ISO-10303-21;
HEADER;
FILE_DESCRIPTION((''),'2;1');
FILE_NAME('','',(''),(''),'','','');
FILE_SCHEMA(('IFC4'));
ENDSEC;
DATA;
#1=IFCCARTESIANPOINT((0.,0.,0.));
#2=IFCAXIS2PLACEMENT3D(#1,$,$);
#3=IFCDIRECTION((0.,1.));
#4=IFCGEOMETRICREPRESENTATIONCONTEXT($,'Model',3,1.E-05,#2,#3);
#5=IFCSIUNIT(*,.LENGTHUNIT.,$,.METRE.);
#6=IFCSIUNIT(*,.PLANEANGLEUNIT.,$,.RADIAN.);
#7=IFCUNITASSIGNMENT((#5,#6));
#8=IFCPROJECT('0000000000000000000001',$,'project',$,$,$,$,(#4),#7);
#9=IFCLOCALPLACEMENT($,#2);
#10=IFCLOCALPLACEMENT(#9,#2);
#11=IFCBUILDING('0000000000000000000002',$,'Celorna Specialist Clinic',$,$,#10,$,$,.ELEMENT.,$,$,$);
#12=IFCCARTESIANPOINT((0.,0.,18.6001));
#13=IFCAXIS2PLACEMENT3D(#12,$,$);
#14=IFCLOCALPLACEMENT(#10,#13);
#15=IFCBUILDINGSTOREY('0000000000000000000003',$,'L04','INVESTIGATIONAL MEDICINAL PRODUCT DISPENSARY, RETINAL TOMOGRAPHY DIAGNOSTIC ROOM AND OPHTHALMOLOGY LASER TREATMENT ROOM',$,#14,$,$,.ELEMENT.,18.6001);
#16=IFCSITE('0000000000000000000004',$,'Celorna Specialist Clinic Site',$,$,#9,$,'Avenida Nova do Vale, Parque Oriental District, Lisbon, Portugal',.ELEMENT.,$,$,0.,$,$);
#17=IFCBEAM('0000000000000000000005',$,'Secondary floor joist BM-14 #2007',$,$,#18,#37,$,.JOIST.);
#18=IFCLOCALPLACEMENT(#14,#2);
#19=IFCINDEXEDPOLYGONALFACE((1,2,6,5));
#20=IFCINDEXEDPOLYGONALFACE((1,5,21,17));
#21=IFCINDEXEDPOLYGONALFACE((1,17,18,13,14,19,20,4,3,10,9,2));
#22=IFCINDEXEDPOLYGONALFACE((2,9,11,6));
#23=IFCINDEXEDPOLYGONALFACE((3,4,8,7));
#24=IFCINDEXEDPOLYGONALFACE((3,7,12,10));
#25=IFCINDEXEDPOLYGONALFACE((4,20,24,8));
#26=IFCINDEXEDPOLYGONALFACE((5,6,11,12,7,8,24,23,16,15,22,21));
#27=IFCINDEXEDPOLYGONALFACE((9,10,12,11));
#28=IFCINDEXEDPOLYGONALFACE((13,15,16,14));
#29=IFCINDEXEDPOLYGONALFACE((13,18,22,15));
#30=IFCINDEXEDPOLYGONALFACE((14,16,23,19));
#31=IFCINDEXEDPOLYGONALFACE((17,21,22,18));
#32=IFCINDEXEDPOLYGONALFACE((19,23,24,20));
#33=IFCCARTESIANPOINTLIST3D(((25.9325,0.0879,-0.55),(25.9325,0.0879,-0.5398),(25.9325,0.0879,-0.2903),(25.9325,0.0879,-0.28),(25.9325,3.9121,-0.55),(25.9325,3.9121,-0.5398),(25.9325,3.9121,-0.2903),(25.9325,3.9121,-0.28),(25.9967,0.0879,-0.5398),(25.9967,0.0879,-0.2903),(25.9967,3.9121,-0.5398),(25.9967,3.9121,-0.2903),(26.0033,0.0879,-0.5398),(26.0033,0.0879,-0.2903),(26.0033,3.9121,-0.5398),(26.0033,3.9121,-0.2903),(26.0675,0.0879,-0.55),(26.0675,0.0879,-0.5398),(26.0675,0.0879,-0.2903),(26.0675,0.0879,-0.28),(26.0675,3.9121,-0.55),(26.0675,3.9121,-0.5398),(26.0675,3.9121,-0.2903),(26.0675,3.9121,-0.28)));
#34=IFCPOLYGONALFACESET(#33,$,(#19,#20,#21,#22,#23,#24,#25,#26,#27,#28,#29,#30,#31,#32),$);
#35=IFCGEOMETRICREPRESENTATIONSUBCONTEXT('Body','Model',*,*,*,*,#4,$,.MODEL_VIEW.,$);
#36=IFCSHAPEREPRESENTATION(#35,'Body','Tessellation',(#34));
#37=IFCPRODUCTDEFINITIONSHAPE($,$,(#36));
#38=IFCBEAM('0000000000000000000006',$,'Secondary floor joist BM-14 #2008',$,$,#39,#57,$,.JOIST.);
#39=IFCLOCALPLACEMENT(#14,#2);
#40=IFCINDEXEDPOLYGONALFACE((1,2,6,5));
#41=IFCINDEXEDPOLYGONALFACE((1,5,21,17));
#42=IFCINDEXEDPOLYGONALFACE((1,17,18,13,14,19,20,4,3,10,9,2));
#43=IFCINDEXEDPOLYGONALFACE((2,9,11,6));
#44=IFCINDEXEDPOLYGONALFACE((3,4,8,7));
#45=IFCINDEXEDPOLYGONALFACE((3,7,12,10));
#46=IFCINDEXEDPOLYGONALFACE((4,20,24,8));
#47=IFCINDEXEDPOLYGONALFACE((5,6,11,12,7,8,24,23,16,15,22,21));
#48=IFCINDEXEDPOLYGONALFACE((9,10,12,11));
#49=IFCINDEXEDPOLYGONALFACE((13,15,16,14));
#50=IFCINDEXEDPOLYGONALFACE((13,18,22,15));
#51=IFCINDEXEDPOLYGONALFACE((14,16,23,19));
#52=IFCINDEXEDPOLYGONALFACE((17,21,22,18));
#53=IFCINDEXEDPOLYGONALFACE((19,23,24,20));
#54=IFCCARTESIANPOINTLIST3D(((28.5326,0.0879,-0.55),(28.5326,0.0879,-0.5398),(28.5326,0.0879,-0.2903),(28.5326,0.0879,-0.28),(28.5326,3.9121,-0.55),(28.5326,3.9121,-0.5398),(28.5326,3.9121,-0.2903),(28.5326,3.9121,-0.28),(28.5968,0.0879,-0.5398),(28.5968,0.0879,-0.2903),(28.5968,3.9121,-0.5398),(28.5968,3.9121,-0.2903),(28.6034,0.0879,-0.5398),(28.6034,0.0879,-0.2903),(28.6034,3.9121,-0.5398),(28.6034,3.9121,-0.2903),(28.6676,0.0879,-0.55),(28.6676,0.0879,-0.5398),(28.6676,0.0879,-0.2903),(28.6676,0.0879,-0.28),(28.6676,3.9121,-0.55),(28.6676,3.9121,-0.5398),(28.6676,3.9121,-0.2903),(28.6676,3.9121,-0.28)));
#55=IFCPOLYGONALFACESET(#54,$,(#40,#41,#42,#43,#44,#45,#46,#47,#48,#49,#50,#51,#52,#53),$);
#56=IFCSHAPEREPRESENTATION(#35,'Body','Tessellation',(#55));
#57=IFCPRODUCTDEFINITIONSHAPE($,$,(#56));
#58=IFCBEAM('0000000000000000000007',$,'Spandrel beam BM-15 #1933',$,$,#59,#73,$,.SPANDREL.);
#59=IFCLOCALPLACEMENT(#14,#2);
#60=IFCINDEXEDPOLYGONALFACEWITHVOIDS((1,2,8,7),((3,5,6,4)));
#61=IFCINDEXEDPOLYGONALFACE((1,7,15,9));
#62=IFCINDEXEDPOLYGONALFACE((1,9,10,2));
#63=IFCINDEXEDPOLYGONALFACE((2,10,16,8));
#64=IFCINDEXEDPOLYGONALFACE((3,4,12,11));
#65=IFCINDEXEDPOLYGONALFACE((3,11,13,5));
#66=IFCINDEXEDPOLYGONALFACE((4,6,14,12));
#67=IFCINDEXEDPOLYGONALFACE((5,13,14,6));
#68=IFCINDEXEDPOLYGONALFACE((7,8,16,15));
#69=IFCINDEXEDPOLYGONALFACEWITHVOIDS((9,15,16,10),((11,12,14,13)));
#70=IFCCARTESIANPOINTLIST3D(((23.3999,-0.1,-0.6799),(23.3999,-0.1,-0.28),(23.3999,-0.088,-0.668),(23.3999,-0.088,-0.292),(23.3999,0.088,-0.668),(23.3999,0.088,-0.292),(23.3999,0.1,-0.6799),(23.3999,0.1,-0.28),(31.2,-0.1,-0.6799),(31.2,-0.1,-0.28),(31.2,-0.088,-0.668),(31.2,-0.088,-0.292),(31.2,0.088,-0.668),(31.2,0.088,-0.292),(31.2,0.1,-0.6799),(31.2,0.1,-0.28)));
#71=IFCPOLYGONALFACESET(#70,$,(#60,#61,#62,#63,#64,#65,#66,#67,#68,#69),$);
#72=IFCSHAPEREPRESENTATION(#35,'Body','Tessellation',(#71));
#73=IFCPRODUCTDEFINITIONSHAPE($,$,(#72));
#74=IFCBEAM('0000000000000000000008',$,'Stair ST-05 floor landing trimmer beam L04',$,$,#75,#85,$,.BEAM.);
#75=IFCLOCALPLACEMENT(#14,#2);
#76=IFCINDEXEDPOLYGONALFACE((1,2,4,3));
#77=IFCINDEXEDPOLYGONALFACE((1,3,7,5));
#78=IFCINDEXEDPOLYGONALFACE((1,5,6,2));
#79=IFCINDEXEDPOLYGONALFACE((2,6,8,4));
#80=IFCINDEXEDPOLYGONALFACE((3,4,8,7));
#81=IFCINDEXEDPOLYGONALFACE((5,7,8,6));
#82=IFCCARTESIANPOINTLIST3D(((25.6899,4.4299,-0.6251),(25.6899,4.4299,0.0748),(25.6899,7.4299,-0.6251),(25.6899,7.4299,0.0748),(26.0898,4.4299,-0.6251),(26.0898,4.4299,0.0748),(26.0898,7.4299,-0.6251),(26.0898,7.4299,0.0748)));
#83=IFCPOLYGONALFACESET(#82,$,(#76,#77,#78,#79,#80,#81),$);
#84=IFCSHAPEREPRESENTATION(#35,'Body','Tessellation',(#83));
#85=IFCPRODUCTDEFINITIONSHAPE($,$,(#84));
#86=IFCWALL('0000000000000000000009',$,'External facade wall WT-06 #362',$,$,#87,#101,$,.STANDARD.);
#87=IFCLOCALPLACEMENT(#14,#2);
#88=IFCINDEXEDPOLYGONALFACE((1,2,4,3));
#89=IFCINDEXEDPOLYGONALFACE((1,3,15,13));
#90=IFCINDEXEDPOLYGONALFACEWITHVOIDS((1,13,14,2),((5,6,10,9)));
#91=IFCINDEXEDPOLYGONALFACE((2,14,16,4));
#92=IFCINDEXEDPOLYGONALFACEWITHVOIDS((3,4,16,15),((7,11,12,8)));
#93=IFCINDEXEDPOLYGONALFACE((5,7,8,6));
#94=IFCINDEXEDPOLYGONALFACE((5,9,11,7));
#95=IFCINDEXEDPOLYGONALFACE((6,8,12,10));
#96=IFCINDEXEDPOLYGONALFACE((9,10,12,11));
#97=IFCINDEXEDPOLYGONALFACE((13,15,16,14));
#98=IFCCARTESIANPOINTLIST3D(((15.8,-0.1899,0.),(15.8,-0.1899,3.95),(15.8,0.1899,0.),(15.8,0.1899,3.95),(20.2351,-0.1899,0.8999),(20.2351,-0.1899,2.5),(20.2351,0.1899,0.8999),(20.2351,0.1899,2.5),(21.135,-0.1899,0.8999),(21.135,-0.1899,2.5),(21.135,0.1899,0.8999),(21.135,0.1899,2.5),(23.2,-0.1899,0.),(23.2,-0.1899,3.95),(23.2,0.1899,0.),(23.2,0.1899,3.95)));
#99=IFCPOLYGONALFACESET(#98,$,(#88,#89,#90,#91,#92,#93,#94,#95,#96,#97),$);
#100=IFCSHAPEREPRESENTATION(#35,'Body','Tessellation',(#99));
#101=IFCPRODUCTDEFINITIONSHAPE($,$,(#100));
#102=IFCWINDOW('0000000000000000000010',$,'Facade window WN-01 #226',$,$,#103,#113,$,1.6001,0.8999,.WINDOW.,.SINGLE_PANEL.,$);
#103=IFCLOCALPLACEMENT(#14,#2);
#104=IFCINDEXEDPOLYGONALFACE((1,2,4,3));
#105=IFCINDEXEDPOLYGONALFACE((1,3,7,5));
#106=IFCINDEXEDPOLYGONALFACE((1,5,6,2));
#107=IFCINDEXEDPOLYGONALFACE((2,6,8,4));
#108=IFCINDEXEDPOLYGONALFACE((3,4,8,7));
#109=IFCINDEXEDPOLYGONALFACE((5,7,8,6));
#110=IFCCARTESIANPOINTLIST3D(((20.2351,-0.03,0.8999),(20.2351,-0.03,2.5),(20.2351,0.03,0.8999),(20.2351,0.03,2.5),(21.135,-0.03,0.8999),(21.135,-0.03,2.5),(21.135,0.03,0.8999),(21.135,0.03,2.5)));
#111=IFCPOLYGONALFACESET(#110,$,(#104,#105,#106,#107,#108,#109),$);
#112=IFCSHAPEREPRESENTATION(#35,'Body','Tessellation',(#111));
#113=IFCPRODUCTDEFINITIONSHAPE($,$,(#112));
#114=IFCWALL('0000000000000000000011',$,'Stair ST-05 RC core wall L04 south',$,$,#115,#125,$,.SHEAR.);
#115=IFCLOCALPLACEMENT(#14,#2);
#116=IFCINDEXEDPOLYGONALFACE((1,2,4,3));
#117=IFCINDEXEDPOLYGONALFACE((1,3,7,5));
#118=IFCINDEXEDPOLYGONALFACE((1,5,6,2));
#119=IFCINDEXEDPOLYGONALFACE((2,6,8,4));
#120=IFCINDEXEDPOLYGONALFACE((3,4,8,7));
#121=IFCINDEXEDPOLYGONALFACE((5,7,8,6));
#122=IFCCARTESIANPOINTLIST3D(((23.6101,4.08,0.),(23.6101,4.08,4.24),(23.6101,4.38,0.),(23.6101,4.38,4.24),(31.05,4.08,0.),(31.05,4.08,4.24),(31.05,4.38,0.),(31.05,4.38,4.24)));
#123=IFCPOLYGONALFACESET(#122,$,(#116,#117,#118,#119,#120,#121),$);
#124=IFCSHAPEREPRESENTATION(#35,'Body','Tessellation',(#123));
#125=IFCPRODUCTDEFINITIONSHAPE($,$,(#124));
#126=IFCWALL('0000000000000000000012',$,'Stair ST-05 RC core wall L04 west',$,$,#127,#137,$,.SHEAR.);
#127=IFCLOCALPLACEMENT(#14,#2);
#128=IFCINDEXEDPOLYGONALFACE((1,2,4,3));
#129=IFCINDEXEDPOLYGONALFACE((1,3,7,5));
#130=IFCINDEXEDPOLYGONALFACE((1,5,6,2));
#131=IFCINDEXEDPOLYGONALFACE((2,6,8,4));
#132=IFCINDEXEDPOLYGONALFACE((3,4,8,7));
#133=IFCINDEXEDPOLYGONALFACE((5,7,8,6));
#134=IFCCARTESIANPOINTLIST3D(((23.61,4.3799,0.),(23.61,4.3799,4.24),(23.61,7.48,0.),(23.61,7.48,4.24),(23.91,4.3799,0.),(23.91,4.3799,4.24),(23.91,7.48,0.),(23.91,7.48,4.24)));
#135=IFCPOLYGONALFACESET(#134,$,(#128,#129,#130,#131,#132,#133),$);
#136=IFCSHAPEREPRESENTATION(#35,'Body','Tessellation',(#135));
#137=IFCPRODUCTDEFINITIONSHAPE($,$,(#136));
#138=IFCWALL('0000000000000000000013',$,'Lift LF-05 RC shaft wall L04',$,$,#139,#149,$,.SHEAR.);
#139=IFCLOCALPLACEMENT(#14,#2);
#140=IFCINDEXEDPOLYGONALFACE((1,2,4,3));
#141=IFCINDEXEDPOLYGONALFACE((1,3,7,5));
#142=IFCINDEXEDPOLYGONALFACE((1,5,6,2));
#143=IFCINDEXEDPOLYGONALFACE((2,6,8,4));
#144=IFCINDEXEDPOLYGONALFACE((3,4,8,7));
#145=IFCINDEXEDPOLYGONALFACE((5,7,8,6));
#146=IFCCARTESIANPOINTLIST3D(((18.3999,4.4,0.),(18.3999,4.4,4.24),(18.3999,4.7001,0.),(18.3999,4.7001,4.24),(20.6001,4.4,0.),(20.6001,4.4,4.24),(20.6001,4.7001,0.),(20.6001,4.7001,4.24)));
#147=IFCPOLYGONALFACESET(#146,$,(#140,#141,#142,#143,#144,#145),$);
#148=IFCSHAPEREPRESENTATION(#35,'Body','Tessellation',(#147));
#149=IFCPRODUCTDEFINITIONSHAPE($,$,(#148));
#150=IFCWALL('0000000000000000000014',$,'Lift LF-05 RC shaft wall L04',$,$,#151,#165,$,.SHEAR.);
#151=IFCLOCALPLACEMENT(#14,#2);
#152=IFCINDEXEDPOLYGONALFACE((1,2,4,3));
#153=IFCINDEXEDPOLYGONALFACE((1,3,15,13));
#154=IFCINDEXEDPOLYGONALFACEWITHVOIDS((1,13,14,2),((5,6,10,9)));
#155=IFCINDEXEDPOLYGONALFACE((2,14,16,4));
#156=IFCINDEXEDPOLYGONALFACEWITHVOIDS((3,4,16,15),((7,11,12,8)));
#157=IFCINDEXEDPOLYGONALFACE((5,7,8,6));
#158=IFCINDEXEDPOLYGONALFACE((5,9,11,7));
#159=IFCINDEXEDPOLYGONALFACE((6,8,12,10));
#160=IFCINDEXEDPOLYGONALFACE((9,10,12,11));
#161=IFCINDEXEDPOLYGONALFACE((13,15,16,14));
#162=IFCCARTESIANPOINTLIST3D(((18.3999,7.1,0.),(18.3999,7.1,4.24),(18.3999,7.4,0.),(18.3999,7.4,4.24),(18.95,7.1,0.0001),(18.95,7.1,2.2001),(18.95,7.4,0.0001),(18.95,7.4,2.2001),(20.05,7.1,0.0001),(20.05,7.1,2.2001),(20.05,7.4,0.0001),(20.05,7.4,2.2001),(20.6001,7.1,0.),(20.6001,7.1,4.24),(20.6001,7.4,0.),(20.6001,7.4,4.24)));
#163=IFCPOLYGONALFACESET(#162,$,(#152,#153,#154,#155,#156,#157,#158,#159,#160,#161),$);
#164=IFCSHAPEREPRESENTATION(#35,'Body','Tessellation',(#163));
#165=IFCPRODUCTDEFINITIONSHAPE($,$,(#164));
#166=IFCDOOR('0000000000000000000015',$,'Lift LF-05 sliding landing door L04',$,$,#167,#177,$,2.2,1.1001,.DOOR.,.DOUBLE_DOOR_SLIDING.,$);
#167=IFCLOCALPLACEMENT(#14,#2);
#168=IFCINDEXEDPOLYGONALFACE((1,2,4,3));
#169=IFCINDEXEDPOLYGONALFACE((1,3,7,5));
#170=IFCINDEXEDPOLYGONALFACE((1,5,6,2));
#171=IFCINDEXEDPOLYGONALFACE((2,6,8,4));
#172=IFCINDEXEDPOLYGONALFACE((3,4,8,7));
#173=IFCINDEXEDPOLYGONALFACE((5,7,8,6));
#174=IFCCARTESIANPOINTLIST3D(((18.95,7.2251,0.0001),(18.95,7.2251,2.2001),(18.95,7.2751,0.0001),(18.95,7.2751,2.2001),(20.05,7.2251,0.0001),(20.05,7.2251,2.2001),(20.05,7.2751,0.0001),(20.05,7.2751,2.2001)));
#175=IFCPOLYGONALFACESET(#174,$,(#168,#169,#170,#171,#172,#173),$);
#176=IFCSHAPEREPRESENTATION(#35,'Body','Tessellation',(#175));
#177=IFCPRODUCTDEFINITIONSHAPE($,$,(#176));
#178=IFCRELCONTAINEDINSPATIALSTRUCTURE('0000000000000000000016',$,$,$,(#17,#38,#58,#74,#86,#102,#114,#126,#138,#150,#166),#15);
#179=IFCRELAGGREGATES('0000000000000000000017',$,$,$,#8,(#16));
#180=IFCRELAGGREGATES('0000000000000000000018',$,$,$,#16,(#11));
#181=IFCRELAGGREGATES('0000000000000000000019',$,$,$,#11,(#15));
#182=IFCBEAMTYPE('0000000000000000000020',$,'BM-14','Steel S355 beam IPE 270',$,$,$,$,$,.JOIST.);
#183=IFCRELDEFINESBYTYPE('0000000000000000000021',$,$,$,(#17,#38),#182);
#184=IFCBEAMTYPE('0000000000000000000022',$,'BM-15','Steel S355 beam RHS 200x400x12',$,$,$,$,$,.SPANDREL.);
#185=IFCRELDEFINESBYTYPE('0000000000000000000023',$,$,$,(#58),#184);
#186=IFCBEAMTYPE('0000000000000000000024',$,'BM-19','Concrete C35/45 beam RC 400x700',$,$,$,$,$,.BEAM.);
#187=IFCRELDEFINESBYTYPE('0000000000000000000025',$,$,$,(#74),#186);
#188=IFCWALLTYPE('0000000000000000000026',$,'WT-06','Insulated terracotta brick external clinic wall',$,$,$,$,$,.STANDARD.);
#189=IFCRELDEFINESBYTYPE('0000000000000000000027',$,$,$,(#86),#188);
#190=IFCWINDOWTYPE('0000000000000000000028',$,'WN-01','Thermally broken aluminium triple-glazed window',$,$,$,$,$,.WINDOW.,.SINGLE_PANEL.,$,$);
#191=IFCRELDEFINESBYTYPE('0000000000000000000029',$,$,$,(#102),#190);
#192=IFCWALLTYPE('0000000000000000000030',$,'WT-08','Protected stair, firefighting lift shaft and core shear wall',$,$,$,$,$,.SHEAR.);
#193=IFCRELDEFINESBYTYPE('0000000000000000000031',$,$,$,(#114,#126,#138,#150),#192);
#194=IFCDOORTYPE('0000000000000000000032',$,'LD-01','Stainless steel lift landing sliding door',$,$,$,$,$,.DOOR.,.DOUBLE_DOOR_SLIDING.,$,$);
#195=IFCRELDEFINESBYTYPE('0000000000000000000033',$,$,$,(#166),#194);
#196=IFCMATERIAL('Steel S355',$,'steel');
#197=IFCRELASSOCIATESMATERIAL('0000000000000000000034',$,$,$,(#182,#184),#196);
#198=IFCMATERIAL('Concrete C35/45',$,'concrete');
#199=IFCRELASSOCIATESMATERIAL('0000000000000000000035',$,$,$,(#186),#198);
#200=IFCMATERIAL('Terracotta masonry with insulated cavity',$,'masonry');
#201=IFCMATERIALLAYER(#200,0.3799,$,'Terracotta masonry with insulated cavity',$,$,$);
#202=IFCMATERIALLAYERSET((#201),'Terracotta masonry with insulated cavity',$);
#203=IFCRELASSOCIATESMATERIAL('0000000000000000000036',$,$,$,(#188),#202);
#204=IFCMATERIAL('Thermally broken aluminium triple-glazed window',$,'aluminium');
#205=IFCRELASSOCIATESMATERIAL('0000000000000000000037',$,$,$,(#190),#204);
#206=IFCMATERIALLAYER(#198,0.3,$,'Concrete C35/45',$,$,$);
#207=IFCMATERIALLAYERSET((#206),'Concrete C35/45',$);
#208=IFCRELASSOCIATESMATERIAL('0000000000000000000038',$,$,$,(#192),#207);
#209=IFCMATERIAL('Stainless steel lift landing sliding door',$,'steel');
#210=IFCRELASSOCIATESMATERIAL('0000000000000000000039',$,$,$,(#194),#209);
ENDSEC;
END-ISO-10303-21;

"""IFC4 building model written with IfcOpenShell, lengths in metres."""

from ifc_helpers import new_model, si_unit, direction, frame, frame_2d, origin, origin_2d, place, context, subcontext, project, spatial, rectangle, hollow_rectangle, i_section, extrude, material, layer, layer_set, material_profile, profile_set, type_object, element, fill, save


model = new_model("IFC4")

# Units and contexts
model_context = context("Model", 3, precision=1e-05, world=origin(), true_north=direction((0.0, 1.0)))
body_context = subcontext(model_context, "Body", "Model", "MODEL_VIEW")
ifc_project = project(units=[si_unit("LENGTHUNIT", "METRE"), si_unit("PLANEANGLEUNIT", "RADIAN")], contexts=[model_context])

# Site, building, storey
site_placement = place(None, origin())
site = spatial("IfcSite", under=ifc_project, at=site_placement, Name="Celorna Specialist Clinic Site", LongName="Avenida Nova do Vale, Parque Oriental District, Lisbon, Portugal", CompositionType="ELEMENT", RefElevation=0.0)
building_placement = place(site_placement, origin())
building = spatial("IfcBuilding", under=site, at=building_placement, Name="Celorna Specialist Clinic", CompositionType="ELEMENT")
storey_placement = place(building_placement, frame((0.0, 0.0, 18.6001)))
storey = spatial("IfcBuildingStorey", under=building, at=storey_placement, Name="L04", Description="INVESTIGATIONAL MEDICINAL PRODUCT DISPENSARY, RETINAL TOMOGRAPHY DIAGNOSTIC ROOM AND OPHTHALMOLOGY LASER TREATMENT ROOM", CompositionType="ELEMENT", Elevation=18.6001)

# Shared definitions
ifc_material_1 = material(Name="Concrete C35/45", Category="concrete")

# Beams
ifc_material_2 = material(Name="Steel S355", Category="steel")
ifc_material_profile_1 = material_profile(ifc_material_2, i_section(OverallWidth=0.135, OverallDepth=0.27, WebThickness=0.0066, FlangeThickness=0.0103, at=origin_2d()), Name="IPE 270")
ifc_profile_set_1 = profile_set([ifc_material_profile_1], Name="Steel S355")
beam_type_1 = type_object("IfcBeamType", Name="BM-14", Description="Steel S355 beam IPE 270", PredefinedType="JOIST", material=ifc_profile_set_1)
for number, where, z_axis, x_axis, name in (
    (1, (26.0, 0.0879, -0.415), (0.0, 1.0, 0.0), (-1.0, 0.0, 0.0), "Secondary floor joist BM-14 #2007"),
    (2, (28.6001, 0.0879, -0.415), (0.0, 1.0, 0.0), (-1.0, 0.0, 0.0), "Secondary floor joist BM-14 #2008"),
):
    element("IfcBeam", number, at=place(storey_placement, frame(where, z_axis=z_axis, x_axis=x_axis)), inside=storey, type_object=beam_type_1, Name=name, PredefinedType="JOIST", context=body_context, shape_type="SweptSolid", body=[
        extrude(i_section(OverallWidth=0.135, OverallDepth=0.27, WebThickness=0.0066, FlangeThickness=0.0103, at=origin_2d()), origin(), (0.0, 0.0, 1.0), 3.8242),
    ])
ifc_material_profile_2 = material_profile(ifc_material_2, hollow_rectangle(XDim=0.2, YDim=0.3999, WallThickness=0.012, at=origin_2d()), Name="RHS 200x400x12")
ifc_profile_set_2 = profile_set([ifc_material_profile_2], Name="Steel S355")
beam_type_2 = type_object("IfcBeamType", Name="BM-15", Description="Steel S355 beam RHS 200x400x12", PredefinedType="SPANDREL", material=ifc_profile_set_2)
beam_1_placement = place(storey_placement, frame((23.3999, 0.0, -0.48), z_axis=(1.0, 0.0, 0.0), x_axis=(0.0, 1.0, 0.0)))
element("IfcBeam", 3, at=beam_1_placement, inside=storey, type_object=beam_type_2, Name="Spandrel beam BM-15 #1933", PredefinedType="SPANDREL", context=body_context, shape_type="SweptSolid", body=[
    extrude(hollow_rectangle(XDim=0.2, YDim=0.3999, WallThickness=0.012, at=origin_2d()), origin(), (0.0, 0.0, 1.0), 7.8),
])
ifc_material_profile_3 = material_profile(ifc_material_1, rectangle(XDim=0.3999, YDim=0.7, at=origin_2d()), Name="RC 400x700")
ifc_profile_set_3 = profile_set([ifc_material_profile_3], Name="Concrete C35/45")
beam_type_3 = type_object("IfcBeamType", Name="BM-19", Description="Concrete C35/45 beam RC 400x700", PredefinedType="BEAM", material=ifc_profile_set_3)
beam_2_placement = place(storey_placement, frame((25.8899, 4.4299, -0.2751), z_axis=(0.0, 1.0, 0.0), x_axis=(-1.0, 0.0, 0.0)))
element("IfcBeam", 4, at=beam_2_placement, inside=storey, type_object=beam_type_3, Name="Stair ST-05 floor landing trimmer beam L04", PredefinedType="BEAM", context=body_context, shape_type="SweptSolid", body=[
    extrude(rectangle(XDim=0.3999, YDim=0.7, at=origin_2d()), origin(), (0.0, 0.0, 1.0), 3.0),
])

# Wall, opening, window
ifc_material_3 = material(Name="Terracotta masonry with insulated cavity", Category="masonry")
ifc_layer_1 = layer(ifc_material_3, 0.3799, Name="Terracotta masonry with insulated cavity")
ifc_layer_set_1 = layer_set([ifc_layer_1], Name="Terracotta masonry with insulated cavity")
wall_type_1 = type_object("IfcWallType", Name="WT-06", Description="Insulated terracotta brick external clinic wall", PredefinedType="STANDARD", material=ifc_layer_set_1)
wall_1_placement = place(storey_placement, frame((23.2, 0.0, 0.0), z_axis=(0.0, 0.0, 1.0), x_axis=(-1.0, 0.0, 0.0)))
wall_1 = element("IfcWall", 5, at=wall_1_placement, inside=storey, type_object=wall_type_1, Name="External facade wall WT-06 #362", PredefinedType="STANDARD", context=body_context, shape_type="SweptSolid", body=[
    extrude(rectangle(XDim=7.3999, YDim=0.3799, at=frame_2d((3.7, 0.0))), origin(), (0.0, 0.0, 1.0), 3.95),
])
opening_1_placement = place(wall_1_placement, frame((2.0649, 0.0, 0.8999)))
opening_1 = element("IfcOpeningElement", 6, at=opening_1_placement, cuts=wall_1, PredefinedType="OPENING", context=body_context, shape_type="SweptSolid", body=[
    extrude(rectangle(XDim=0.8999, YDim=1.6001, at=frame_2d((0.45, 0.8))), frame((0.0, 0.2, 0.0), z_axis=(0.0, -1.0, 0.0), x_axis=(1.0, 0.0, 0.0)), (0.0, 0.0, 1.0), 0.3999),
])
ifc_material_4 = material(Name="Thermally broken aluminium triple-glazed window", Category="aluminium")
window_type = type_object("IfcWindowType", Name="WN-01", Description="Thermally broken aluminium triple-glazed window", PartitioningType="SINGLE_PANEL", PredefinedType="WINDOW", material=ifc_material_4)
window_placement = place(opening_1_placement, origin())
window = element("IfcWindow", 7, at=window_placement, inside=storey, type_object=window_type, Name="Facade window WN-01 #226", OverallHeight=1.6001, OverallWidth=0.8999, PartitioningType="SINGLE_PANEL", PredefinedType="WINDOW", context=body_context, shape_type="SweptSolid", body=[
    extrude(rectangle(XDim=0.8999, YDim=1.6001, at=frame_2d((0.45, 0.8))), frame((0.0, 0.03, 0.0), z_axis=(0.0, -1.0, 0.0), x_axis=(1.0, 0.0, 0.0)), (0.0, 0.0, 1.0), 0.0601),
])
fill(opening_1, window)

# Walls
ifc_layer_2 = layer(ifc_material_1, 0.3, Name="Concrete C35/45")
ifc_layer_set_2 = layer_set([ifc_layer_2], Name="Concrete C35/45")
wall_type_2 = type_object("IfcWallType", Name="WT-08", Description="Protected stair, firefighting lift shaft and core shear wall", PredefinedType="SHEAR", material=ifc_layer_set_2)
wall_2_placement = place(storey_placement, frame((23.6101, 4.23, 0.0), z_axis=(0.0, 0.0, 1.0), x_axis=(1.0, 0.0, 0.0)))
element("IfcWall", 8, at=wall_2_placement, inside=storey, type_object=wall_type_2, Name="Stair ST-05 RC core wall L04 south", PredefinedType="SHEAR", context=body_context, shape_type="SweptSolid", body=[
    extrude(rectangle(XDim=7.4399, YDim=0.3, at=frame_2d((3.72, 0.0))), origin(), (0.0, 0.0, 1.0), 4.24),
])
wall_3_placement = place(storey_placement, frame((23.76, 7.48, 0.0), z_axis=(0.0, 0.0, 1.0), x_axis=(0.0, -1.0, 0.0)))
element("IfcWall", 9, at=wall_3_placement, inside=storey, type_object=wall_type_2, Name="Stair ST-05 RC core wall L04 west", PredefinedType="SHEAR", context=body_context, shape_type="SweptSolid", body=[
    extrude(rectangle(XDim=3.1001, YDim=0.3, at=frame_2d((1.55, 0.0))), origin(), (0.0, 0.0, 1.0), 4.24),
])
wall_4_placement = place(storey_placement, frame((18.3999, 4.55, 0.0), z_axis=(0.0, 0.0, 1.0), x_axis=(1.0, 0.0, 0.0)))
element("IfcWall", 10, at=wall_4_placement, inside=storey, type_object=wall_type_2, Name="Lift LF-05 RC shaft wall L04", PredefinedType="SHEAR", context=body_context, shape_type="SweptSolid", body=[
    extrude(rectangle(XDim=2.2002, YDim=0.3, at=frame_2d((1.1001, 0.0))), origin(), (0.0, 0.0, 1.0), 4.24),
])

# Wall, opening, door
wall_5_placement = place(storey_placement, frame((20.6001, 7.25, 0.0), z_axis=(0.0, 0.0, 1.0), x_axis=(-1.0, 0.0, 0.0)))
wall_5 = element("IfcWall", 11, at=wall_5_placement, inside=storey, type_object=wall_type_2, Name="Lift LF-05 RC shaft wall L04", PredefinedType="SHEAR", context=body_context, shape_type="SweptSolid", body=[
    extrude(rectangle(XDim=2.2002, YDim=0.3, at=frame_2d((1.1001, 0.0))), origin(), (0.0, 0.0, 1.0), 4.24),
])
opening_2_placement = place(wall_5_placement, frame((0.55, 0.0, 0.0)))
opening_2 = element("IfcOpeningElement", 12, at=opening_2_placement, cuts=wall_5, PredefinedType="OPENING", context=body_context, shape_type="SweptSolid", body=[
    extrude(rectangle(XDim=1.1001, YDim=2.2, at=frame_2d((0.55, 1.1001))), frame((0.0, 0.1599, 0.0), z_axis=(0.0, -1.0, 0.0), x_axis=(1.0, 0.0, 0.0)), (0.0, 0.0, 1.0), 0.3201),
])
ifc_material_5 = material(Name="Stainless steel lift landing sliding door", Category="steel")
door_type = type_object("IfcDoorType", Name="LD-01", Description="Stainless steel lift landing sliding door", OperationType="DOUBLE_DOOR_SLIDING", PredefinedType="DOOR", material=ifc_material_5)
door_placement = place(opening_2_placement, origin())
door = element("IfcDoor", 13, at=door_placement, inside=storey, type_object=door_type, Name="Lift LF-05 sliding landing door L04", OperationType="DOUBLE_DOOR_SLIDING", OverallHeight=2.2, OverallWidth=1.1001, PredefinedType="DOOR", context=body_context, shape_type="SweptSolid", body=[
    extrude(rectangle(XDim=1.1001, YDim=2.2, at=frame_2d((0.55, 1.1001))), frame((0.0, 0.0249, 0.0), z_axis=(0.0, -1.0, 0.0), x_axis=(1.0, 0.0, 0.0)), (0.0, 0.0, 1.0), 0.05),
])
fill(opening_2, door)

save(model, "model.ifc")
